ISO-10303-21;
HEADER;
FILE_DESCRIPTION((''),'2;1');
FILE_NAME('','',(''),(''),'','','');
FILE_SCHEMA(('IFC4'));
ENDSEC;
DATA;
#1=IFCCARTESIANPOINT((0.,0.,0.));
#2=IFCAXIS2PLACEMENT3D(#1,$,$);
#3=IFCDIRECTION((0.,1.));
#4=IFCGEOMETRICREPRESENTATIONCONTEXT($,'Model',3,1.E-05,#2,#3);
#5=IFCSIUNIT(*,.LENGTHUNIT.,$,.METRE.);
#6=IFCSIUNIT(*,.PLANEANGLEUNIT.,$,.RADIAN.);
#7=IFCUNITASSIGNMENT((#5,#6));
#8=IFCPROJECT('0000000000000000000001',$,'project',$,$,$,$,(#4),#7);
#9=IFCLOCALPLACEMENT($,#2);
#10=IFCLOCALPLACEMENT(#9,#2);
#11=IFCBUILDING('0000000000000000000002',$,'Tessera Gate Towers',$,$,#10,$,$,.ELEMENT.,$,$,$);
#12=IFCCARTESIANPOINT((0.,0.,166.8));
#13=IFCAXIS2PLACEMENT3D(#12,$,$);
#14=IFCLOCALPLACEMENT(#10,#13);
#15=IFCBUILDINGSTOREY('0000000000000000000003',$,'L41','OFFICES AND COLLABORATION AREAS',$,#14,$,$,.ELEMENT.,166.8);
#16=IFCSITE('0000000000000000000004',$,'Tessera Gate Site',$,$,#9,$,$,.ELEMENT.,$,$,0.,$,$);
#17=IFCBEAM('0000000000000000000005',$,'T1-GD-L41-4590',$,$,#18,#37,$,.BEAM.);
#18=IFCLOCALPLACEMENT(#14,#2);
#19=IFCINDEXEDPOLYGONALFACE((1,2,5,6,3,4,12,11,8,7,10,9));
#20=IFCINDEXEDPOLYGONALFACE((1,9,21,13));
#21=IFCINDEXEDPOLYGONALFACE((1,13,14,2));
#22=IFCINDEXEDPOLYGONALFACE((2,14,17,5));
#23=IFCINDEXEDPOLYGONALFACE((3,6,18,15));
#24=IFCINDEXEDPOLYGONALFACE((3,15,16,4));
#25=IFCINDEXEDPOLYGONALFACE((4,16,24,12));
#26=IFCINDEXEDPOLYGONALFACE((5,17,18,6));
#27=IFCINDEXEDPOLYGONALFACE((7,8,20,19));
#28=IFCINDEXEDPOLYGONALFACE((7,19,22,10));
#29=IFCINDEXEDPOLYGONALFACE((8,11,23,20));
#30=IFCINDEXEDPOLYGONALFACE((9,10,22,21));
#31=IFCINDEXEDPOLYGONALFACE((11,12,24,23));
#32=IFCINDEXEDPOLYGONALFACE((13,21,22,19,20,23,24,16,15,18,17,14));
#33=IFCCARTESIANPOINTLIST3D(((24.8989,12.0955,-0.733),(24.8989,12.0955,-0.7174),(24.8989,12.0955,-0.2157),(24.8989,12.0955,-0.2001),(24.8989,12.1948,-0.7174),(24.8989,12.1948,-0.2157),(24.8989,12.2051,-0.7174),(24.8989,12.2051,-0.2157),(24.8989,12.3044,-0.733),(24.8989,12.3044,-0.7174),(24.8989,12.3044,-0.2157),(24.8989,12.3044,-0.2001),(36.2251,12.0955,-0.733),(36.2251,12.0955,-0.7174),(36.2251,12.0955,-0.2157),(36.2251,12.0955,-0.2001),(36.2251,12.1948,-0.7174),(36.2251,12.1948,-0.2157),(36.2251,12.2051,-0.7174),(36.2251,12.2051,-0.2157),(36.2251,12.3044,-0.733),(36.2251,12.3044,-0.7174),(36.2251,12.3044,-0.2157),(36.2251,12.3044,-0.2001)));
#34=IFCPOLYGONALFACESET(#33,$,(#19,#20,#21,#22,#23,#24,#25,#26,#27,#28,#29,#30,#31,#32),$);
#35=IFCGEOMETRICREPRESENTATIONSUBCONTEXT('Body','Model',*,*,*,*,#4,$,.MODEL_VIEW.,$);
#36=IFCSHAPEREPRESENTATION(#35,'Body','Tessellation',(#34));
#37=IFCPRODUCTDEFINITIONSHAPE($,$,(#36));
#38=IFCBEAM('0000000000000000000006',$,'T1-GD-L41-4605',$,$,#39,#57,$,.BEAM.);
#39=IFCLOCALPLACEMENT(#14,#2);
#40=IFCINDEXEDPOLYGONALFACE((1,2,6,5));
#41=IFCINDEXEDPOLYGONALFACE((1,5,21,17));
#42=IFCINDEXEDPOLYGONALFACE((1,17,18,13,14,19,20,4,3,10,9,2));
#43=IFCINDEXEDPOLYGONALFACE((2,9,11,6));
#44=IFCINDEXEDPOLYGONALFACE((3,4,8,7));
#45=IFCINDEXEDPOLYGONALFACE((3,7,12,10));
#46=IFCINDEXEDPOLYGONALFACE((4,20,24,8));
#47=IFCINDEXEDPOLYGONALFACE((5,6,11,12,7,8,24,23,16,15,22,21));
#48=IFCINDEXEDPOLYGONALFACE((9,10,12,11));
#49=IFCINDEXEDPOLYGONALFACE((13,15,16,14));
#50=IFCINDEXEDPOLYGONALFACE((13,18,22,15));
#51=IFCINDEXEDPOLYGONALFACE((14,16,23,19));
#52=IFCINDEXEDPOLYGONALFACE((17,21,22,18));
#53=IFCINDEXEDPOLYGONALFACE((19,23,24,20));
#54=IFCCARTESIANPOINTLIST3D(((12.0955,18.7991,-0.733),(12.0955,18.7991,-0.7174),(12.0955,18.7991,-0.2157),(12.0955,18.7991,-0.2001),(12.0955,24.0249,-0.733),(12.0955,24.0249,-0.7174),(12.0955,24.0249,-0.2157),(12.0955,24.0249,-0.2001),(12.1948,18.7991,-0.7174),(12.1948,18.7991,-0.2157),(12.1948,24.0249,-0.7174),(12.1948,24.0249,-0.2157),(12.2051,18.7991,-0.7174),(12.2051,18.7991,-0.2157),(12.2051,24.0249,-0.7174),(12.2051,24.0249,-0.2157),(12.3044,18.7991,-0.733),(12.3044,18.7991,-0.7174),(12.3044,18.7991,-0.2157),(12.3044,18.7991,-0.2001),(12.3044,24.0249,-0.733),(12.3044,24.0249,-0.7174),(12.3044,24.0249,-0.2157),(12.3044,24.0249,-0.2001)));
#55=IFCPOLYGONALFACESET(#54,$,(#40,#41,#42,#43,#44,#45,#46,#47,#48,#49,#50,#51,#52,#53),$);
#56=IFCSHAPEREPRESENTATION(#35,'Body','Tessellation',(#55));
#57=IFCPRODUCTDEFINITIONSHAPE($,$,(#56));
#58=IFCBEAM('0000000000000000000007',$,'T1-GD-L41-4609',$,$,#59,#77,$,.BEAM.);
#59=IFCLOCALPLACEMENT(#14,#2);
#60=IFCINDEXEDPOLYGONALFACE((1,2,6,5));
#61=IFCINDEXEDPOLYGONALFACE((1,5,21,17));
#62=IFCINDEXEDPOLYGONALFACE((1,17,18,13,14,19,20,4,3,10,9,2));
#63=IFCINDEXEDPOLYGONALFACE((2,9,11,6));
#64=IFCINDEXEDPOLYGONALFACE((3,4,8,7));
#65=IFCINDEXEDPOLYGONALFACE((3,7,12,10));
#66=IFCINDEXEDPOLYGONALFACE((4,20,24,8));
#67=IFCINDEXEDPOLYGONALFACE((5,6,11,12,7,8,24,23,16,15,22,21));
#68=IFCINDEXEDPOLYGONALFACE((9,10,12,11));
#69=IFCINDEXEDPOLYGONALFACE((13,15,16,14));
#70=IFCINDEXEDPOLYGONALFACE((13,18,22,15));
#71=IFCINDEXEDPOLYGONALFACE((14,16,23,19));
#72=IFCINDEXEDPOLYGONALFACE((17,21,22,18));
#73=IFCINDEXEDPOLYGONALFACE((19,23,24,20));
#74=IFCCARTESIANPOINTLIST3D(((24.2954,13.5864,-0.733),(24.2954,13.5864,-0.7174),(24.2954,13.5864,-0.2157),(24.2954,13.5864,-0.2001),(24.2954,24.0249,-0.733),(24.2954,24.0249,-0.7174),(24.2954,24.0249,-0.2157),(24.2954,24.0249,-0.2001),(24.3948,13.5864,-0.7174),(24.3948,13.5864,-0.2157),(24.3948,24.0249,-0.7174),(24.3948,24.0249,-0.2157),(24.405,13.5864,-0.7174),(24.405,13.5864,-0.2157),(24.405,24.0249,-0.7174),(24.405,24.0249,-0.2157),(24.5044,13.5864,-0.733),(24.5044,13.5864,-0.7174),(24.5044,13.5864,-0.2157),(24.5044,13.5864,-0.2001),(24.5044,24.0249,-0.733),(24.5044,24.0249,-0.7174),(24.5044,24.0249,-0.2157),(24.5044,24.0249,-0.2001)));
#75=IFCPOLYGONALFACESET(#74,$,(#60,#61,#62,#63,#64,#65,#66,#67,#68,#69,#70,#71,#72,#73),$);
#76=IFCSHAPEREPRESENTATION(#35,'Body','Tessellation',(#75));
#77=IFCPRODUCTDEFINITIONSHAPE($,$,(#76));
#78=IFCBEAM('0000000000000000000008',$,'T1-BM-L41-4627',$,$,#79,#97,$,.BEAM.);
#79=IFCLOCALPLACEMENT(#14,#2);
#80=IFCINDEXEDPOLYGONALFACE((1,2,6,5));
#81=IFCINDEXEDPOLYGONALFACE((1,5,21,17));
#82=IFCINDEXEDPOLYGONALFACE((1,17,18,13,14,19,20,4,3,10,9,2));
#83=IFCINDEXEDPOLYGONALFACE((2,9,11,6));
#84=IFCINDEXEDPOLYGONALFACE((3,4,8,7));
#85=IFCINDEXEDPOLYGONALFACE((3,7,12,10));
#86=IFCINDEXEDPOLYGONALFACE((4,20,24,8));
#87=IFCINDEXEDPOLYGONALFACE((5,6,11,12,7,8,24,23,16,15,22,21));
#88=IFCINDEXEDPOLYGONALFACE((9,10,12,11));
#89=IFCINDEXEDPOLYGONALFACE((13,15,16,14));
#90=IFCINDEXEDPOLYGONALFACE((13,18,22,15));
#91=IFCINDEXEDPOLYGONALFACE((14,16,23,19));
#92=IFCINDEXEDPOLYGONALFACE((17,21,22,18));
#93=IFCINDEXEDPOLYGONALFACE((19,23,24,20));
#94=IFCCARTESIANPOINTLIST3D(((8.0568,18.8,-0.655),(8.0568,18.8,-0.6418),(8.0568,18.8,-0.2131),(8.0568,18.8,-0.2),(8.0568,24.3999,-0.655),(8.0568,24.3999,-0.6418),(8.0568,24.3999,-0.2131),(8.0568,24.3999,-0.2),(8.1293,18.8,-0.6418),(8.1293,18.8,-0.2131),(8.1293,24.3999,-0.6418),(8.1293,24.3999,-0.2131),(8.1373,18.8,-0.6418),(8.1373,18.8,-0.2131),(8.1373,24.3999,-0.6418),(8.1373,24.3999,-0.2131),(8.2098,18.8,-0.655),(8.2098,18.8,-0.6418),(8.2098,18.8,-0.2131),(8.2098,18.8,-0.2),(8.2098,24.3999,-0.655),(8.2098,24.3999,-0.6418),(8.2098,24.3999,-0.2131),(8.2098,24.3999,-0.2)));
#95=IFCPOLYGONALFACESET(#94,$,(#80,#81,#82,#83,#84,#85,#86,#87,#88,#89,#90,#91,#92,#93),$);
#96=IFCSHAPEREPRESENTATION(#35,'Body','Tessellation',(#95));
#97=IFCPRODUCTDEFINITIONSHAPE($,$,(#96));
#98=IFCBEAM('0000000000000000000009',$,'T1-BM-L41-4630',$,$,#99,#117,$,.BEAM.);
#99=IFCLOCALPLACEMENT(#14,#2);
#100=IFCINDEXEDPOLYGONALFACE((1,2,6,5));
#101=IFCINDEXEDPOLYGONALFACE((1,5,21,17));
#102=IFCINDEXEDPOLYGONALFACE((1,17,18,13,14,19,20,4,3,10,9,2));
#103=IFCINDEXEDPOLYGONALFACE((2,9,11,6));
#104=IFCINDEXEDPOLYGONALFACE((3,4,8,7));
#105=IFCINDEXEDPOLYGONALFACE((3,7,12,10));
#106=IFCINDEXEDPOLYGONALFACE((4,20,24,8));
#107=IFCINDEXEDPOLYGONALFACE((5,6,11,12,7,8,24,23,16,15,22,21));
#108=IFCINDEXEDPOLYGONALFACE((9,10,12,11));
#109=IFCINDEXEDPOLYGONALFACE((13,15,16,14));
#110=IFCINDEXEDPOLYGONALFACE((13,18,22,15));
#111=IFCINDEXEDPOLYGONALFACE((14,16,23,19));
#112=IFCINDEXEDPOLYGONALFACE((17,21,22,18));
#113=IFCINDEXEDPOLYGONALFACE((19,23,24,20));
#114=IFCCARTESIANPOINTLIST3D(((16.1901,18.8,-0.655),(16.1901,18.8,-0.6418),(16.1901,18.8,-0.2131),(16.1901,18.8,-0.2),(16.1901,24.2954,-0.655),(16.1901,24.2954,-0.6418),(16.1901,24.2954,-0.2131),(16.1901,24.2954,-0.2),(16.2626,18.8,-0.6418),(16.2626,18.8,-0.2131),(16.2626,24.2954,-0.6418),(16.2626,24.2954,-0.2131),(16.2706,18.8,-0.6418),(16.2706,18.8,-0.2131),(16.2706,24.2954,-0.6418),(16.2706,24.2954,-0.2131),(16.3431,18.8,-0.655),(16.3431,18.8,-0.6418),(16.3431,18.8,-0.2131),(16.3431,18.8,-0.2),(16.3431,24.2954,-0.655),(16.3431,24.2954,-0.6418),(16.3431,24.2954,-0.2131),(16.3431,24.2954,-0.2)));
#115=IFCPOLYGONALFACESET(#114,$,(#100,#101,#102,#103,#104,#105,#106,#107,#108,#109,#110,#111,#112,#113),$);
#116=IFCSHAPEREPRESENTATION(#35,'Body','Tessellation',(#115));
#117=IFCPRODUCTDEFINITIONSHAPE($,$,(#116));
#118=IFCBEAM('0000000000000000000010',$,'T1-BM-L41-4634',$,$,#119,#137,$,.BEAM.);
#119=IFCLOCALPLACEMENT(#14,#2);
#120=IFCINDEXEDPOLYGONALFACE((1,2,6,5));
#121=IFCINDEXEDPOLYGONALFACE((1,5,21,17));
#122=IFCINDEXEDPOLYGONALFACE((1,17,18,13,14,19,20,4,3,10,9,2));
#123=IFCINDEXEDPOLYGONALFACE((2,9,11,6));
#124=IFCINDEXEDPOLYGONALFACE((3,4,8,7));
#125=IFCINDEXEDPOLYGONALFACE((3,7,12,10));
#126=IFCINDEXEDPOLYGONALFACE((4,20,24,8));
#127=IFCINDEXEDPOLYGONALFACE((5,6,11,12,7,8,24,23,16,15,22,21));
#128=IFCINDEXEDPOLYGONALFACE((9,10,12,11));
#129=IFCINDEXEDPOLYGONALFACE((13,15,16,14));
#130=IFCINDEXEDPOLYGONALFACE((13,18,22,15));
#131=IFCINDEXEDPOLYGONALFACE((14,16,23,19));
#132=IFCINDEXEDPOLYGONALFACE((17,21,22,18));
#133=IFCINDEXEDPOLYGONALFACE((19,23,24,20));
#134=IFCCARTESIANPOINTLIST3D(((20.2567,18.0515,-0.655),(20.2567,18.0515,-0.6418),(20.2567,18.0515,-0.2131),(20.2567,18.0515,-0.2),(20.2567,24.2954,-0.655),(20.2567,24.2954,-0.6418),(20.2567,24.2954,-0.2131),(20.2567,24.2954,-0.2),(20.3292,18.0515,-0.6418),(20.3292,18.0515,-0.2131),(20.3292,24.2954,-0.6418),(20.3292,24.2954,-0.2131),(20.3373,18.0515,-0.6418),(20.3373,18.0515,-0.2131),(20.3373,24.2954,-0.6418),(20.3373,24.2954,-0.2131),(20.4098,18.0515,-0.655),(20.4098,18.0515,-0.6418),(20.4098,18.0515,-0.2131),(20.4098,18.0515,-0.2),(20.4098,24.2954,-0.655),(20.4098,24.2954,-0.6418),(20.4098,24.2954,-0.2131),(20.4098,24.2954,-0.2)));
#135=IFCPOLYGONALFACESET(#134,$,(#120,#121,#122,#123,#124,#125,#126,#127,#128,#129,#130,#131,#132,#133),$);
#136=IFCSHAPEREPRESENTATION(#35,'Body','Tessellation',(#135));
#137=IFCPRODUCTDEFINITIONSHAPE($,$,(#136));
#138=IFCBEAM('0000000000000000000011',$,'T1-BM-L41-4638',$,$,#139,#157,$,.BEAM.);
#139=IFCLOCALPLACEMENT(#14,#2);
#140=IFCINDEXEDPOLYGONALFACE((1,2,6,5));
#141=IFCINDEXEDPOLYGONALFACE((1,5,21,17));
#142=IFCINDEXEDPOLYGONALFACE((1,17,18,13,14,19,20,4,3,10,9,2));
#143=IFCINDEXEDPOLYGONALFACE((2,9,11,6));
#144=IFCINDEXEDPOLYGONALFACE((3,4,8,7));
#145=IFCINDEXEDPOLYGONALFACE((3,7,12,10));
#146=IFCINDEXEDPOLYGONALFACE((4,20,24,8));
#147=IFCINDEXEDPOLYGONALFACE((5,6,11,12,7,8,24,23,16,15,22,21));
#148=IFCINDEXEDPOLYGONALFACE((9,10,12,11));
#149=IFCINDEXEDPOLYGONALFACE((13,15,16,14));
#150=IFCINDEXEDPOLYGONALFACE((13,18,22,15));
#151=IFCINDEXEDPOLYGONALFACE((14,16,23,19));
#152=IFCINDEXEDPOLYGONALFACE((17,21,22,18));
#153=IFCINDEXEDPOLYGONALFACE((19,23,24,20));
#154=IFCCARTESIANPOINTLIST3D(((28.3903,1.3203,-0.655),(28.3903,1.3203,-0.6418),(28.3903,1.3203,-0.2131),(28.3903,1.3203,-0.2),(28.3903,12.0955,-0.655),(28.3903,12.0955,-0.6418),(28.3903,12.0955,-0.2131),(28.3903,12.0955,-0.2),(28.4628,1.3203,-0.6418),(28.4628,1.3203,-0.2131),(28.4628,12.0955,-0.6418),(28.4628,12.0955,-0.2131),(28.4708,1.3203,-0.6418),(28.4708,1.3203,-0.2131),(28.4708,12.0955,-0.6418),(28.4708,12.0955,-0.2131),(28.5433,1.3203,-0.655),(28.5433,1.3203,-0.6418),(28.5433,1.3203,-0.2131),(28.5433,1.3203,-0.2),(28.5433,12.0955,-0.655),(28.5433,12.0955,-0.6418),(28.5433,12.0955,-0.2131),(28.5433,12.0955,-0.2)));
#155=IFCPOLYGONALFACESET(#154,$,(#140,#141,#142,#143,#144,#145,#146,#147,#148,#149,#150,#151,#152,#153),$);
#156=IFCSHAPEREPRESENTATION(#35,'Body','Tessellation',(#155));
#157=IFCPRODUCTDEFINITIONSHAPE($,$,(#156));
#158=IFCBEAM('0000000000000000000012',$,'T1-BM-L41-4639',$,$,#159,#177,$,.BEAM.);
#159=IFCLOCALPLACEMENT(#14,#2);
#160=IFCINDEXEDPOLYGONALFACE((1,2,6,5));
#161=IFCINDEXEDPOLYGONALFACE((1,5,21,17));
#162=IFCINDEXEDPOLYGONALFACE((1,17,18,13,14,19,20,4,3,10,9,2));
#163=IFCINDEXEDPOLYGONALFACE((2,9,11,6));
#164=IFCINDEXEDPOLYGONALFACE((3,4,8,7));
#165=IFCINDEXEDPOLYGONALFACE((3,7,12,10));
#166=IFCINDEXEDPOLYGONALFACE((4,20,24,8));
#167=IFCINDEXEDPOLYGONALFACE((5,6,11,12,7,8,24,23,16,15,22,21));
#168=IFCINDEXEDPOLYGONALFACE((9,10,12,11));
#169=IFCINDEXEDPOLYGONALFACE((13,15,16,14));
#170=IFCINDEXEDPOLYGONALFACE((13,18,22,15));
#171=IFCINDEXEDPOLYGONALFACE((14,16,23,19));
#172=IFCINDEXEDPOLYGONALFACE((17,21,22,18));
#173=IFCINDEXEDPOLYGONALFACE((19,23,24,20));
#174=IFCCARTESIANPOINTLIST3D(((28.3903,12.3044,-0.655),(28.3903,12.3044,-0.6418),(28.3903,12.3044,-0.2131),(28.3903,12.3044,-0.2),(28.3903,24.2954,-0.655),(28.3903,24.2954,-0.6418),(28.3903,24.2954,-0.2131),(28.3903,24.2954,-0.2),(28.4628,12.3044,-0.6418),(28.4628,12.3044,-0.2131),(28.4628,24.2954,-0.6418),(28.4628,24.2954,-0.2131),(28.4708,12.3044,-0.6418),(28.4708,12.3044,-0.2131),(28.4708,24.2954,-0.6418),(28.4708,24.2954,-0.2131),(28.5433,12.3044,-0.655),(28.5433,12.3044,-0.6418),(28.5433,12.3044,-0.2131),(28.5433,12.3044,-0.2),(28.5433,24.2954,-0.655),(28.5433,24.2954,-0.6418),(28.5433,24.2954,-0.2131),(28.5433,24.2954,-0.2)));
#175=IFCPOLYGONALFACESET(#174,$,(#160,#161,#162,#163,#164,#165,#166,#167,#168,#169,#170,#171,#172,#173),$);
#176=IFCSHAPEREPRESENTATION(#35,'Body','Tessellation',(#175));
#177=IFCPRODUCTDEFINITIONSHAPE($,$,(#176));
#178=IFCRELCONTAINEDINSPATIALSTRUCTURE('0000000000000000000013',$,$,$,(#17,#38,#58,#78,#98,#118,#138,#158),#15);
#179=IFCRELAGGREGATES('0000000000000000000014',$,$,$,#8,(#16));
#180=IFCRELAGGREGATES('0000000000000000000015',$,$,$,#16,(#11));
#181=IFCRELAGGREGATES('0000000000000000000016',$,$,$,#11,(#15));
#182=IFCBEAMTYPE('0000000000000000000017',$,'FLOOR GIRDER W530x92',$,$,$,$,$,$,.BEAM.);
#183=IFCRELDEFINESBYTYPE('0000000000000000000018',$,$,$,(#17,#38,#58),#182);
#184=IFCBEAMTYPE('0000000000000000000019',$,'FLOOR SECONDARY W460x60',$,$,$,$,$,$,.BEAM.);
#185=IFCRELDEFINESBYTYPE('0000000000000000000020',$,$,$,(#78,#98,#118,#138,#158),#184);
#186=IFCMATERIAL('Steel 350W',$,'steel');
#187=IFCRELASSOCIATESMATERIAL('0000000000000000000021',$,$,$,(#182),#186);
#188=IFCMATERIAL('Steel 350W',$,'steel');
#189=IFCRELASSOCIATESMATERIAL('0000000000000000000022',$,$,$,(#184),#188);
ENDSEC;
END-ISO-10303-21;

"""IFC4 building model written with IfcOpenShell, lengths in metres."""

from ifc_helpers import new_model, si_unit, direction, frame, origin, origin_2d, place, context, subcontext, project, spatial, i_section, extrude, material, material_profile, profile_set, type_object, element, save


model = new_model("IFC4")

# Units and contexts
model_context = context("Model", 3, precision=1e-05, world=origin(), true_north=direction((0.0, 1.0)))
body_context = subcontext(model_context, "Body", "Model", "MODEL_VIEW")
ifc_project = project(units=[si_unit("LENGTHUNIT", "METRE"), si_unit("PLANEANGLEUNIT", "RADIAN")], contexts=[model_context])

# Site, building, storey
site_placement = place(None, origin())
site = spatial("IfcSite", under=ifc_project, at=site_placement, Name="Tessera Gate Site", CompositionType="ELEMENT", RefElevation=0.0)
building_placement = place(site_placement, origin())
building = spatial("IfcBuilding", under=site, at=building_placement, Name="Tessera Gate Towers", CompositionType="ELEMENT")
storey_placement = place(building_placement, frame((0.0, 0.0, 166.8)))
storey = spatial("IfcBuildingStorey", under=building, at=storey_placement, Name="L41", Description="OFFICES AND COLLABORATION AREAS", CompositionType="ELEMENT", Elevation=166.8)

# Beams
ifc_material_1 = material(Name="Steel 350W", Category="steel")
ifc_material_profile_1 = material_profile(ifc_material_1, i_section(OverallWidth=0.209, OverallDepth=0.533, WebThickness=0.0103, FlangeThickness=0.0156, at=origin_2d()), Name="W530x92")
ifc_profile_set_1 = profile_set([ifc_material_profile_1], Name="Steel 350W")
beam_type_1 = type_object("IfcBeamType", Name="FLOOR GIRDER W530x92", PredefinedType="BEAM", material=ifc_profile_set_1)
beam_1_placement = place(storey_placement, frame((24.8989, 12.2, -0.4666), z_axis=(1.0, 0.0, 0.0), x_axis=(0.0, 1.0, 0.0)))
element("IfcBeam", 1, at=beam_1_placement, inside=storey, type_object=beam_type_1, Name="T1-GD-L41-4590", PredefinedType="BEAM", context=body_context, shape_type="SweptSolid", body=[
    extrude(i_section(OverallWidth=0.209, OverallDepth=0.533, WebThickness=0.0103, FlangeThickness=0.0156, at=origin_2d()), origin(), (0.0, 0.0, 1.0), 11.3262),
])
beam_2_placement = place(storey_placement, frame((12.2, 18.7991, -0.4666), z_axis=(0.0, 1.0, 0.0), x_axis=(-1.0, 0.0, 0.0)))
element("IfcBeam", 2, at=beam_2_placement, inside=storey, type_object=beam_type_1, Name="T1-GD-L41-4605", PredefinedType="BEAM", context=body_context, shape_type="SweptSolid", body=[
    extrude(i_section(OverallWidth=0.209, OverallDepth=0.533, WebThickness=0.0103, FlangeThickness=0.0156, at=origin_2d()), origin(), (0.0, 0.0, 1.0), 5.2258),
])
beam_3_placement = place(storey_placement, frame((24.3999, 13.5864, -0.4666), z_axis=(0.0, 1.0, 0.0), x_axis=(-1.0, 0.0, 0.0)))
element("IfcBeam", 3, at=beam_3_placement, inside=storey, type_object=beam_type_1, Name="T1-GD-L41-4609", PredefinedType="BEAM", context=body_context, shape_type="SweptSolid", body=[
    extrude(i_section(OverallWidth=0.209, OverallDepth=0.533, WebThickness=0.0103, FlangeThickness=0.0156, at=origin_2d()), origin(), (0.0, 0.0, 1.0), 10.4385),
])
ifc_material_2 = material(Name="Steel 350W", Category="steel")
ifc_material_profile_2 = material_profile(ifc_material_2, i_section(OverallWidth=0.1531, OverallDepth=0.4551, WebThickness=0.0081, FlangeThickness=0.0132, at=origin_2d()), Name="W460x60")
ifc_profile_set_2 = profile_set([ifc_material_profile_2], Name="Steel 350W")
beam_type_2 = type_object("IfcBeamType", Name="FLOOR SECONDARY W460x60", PredefinedType="BEAM", material=ifc_profile_set_2)
beam_4_placement = place(storey_placement, frame((8.1333, 18.8, -0.4275), z_axis=(0.0, 1.0, 0.0), x_axis=(-1.0, 0.0, 0.0)))
element("IfcBeam", 4, at=beam_4_placement, inside=storey, type_object=beam_type_2, Name="T1-BM-L41-4627", PredefinedType="BEAM", context=body_context, shape_type="SweptSolid", body=[
    extrude(i_section(OverallWidth=0.1531, OverallDepth=0.4551, WebThickness=0.0081, FlangeThickness=0.0132, at=origin_2d()), origin(), (0.0, 0.0, 1.0), 5.5999),
])
beam_5_placement = place(storey_placement, frame((16.2666, 18.8, -0.4275), z_axis=(0.0, 1.0, 0.0), x_axis=(-1.0, 0.0, 0.0)))
element("IfcBeam", 5, at=beam_5_placement, inside=storey, type_object=beam_type_2, Name="T1-BM-L41-4630", PredefinedType="BEAM", context=body_context, shape_type="SweptSolid", body=[
    extrude(i_section(OverallWidth=0.1531, OverallDepth=0.4551, WebThickness=0.0081, FlangeThickness=0.0132, at=origin_2d()), origin(), (0.0, 0.0, 1.0), 5.4954),
])
beam_6_placement = place(storey_placement, frame((20.3333, 18.0515, -0.4275), z_axis=(0.0, 1.0, 0.0), x_axis=(-1.0, 0.0, 0.0)))
element("IfcBeam", 6, at=beam_6_placement, inside=storey, type_object=beam_type_2, Name="T1-BM-L41-4634", PredefinedType="BEAM", context=body_context, shape_type="SweptSolid", body=[
    extrude(i_section(OverallWidth=0.1531, OverallDepth=0.4551, WebThickness=0.0081, FlangeThickness=0.0132, at=origin_2d()), origin(), (0.0, 0.0, 1.0), 6.2439),
])
beam_7_placement = place(storey_placement, frame((28.4668, 1.3203, -0.4275), z_axis=(0.0, 1.0, 0.0), x_axis=(-1.0, 0.0, 0.0)))
element("IfcBeam", 7, at=beam_7_placement, inside=storey, type_object=beam_type_2, Name="T1-BM-L41-4638", PredefinedType="BEAM", context=body_context, shape_type="SweptSolid", body=[
    extrude(i_section(OverallWidth=0.1531, OverallDepth=0.4551, WebThickness=0.0081, FlangeThickness=0.0132, at=origin_2d()), origin(), (0.0, 0.0, 1.0), 10.7751),
])
beam_8_placement = place(storey_placement, frame((28.4668, 12.3044, -0.4275), z_axis=(0.0, 1.0, 0.0), x_axis=(-1.0, 0.0, 0.0)))
element("IfcBeam", 8, at=beam_8_placement, inside=storey, type_object=beam_type_2, Name="T1-BM-L41-4639", PredefinedType="BEAM", context=body_context, shape_type="SweptSolid", body=[
    extrude(i_section(OverallWidth=0.1531, OverallDepth=0.4551, WebThickness=0.0081, FlangeThickness=0.0132, at=origin_2d()), origin(), (0.0, 0.0, 1.0), 11.991),
])

save(model, "model.ifc")
